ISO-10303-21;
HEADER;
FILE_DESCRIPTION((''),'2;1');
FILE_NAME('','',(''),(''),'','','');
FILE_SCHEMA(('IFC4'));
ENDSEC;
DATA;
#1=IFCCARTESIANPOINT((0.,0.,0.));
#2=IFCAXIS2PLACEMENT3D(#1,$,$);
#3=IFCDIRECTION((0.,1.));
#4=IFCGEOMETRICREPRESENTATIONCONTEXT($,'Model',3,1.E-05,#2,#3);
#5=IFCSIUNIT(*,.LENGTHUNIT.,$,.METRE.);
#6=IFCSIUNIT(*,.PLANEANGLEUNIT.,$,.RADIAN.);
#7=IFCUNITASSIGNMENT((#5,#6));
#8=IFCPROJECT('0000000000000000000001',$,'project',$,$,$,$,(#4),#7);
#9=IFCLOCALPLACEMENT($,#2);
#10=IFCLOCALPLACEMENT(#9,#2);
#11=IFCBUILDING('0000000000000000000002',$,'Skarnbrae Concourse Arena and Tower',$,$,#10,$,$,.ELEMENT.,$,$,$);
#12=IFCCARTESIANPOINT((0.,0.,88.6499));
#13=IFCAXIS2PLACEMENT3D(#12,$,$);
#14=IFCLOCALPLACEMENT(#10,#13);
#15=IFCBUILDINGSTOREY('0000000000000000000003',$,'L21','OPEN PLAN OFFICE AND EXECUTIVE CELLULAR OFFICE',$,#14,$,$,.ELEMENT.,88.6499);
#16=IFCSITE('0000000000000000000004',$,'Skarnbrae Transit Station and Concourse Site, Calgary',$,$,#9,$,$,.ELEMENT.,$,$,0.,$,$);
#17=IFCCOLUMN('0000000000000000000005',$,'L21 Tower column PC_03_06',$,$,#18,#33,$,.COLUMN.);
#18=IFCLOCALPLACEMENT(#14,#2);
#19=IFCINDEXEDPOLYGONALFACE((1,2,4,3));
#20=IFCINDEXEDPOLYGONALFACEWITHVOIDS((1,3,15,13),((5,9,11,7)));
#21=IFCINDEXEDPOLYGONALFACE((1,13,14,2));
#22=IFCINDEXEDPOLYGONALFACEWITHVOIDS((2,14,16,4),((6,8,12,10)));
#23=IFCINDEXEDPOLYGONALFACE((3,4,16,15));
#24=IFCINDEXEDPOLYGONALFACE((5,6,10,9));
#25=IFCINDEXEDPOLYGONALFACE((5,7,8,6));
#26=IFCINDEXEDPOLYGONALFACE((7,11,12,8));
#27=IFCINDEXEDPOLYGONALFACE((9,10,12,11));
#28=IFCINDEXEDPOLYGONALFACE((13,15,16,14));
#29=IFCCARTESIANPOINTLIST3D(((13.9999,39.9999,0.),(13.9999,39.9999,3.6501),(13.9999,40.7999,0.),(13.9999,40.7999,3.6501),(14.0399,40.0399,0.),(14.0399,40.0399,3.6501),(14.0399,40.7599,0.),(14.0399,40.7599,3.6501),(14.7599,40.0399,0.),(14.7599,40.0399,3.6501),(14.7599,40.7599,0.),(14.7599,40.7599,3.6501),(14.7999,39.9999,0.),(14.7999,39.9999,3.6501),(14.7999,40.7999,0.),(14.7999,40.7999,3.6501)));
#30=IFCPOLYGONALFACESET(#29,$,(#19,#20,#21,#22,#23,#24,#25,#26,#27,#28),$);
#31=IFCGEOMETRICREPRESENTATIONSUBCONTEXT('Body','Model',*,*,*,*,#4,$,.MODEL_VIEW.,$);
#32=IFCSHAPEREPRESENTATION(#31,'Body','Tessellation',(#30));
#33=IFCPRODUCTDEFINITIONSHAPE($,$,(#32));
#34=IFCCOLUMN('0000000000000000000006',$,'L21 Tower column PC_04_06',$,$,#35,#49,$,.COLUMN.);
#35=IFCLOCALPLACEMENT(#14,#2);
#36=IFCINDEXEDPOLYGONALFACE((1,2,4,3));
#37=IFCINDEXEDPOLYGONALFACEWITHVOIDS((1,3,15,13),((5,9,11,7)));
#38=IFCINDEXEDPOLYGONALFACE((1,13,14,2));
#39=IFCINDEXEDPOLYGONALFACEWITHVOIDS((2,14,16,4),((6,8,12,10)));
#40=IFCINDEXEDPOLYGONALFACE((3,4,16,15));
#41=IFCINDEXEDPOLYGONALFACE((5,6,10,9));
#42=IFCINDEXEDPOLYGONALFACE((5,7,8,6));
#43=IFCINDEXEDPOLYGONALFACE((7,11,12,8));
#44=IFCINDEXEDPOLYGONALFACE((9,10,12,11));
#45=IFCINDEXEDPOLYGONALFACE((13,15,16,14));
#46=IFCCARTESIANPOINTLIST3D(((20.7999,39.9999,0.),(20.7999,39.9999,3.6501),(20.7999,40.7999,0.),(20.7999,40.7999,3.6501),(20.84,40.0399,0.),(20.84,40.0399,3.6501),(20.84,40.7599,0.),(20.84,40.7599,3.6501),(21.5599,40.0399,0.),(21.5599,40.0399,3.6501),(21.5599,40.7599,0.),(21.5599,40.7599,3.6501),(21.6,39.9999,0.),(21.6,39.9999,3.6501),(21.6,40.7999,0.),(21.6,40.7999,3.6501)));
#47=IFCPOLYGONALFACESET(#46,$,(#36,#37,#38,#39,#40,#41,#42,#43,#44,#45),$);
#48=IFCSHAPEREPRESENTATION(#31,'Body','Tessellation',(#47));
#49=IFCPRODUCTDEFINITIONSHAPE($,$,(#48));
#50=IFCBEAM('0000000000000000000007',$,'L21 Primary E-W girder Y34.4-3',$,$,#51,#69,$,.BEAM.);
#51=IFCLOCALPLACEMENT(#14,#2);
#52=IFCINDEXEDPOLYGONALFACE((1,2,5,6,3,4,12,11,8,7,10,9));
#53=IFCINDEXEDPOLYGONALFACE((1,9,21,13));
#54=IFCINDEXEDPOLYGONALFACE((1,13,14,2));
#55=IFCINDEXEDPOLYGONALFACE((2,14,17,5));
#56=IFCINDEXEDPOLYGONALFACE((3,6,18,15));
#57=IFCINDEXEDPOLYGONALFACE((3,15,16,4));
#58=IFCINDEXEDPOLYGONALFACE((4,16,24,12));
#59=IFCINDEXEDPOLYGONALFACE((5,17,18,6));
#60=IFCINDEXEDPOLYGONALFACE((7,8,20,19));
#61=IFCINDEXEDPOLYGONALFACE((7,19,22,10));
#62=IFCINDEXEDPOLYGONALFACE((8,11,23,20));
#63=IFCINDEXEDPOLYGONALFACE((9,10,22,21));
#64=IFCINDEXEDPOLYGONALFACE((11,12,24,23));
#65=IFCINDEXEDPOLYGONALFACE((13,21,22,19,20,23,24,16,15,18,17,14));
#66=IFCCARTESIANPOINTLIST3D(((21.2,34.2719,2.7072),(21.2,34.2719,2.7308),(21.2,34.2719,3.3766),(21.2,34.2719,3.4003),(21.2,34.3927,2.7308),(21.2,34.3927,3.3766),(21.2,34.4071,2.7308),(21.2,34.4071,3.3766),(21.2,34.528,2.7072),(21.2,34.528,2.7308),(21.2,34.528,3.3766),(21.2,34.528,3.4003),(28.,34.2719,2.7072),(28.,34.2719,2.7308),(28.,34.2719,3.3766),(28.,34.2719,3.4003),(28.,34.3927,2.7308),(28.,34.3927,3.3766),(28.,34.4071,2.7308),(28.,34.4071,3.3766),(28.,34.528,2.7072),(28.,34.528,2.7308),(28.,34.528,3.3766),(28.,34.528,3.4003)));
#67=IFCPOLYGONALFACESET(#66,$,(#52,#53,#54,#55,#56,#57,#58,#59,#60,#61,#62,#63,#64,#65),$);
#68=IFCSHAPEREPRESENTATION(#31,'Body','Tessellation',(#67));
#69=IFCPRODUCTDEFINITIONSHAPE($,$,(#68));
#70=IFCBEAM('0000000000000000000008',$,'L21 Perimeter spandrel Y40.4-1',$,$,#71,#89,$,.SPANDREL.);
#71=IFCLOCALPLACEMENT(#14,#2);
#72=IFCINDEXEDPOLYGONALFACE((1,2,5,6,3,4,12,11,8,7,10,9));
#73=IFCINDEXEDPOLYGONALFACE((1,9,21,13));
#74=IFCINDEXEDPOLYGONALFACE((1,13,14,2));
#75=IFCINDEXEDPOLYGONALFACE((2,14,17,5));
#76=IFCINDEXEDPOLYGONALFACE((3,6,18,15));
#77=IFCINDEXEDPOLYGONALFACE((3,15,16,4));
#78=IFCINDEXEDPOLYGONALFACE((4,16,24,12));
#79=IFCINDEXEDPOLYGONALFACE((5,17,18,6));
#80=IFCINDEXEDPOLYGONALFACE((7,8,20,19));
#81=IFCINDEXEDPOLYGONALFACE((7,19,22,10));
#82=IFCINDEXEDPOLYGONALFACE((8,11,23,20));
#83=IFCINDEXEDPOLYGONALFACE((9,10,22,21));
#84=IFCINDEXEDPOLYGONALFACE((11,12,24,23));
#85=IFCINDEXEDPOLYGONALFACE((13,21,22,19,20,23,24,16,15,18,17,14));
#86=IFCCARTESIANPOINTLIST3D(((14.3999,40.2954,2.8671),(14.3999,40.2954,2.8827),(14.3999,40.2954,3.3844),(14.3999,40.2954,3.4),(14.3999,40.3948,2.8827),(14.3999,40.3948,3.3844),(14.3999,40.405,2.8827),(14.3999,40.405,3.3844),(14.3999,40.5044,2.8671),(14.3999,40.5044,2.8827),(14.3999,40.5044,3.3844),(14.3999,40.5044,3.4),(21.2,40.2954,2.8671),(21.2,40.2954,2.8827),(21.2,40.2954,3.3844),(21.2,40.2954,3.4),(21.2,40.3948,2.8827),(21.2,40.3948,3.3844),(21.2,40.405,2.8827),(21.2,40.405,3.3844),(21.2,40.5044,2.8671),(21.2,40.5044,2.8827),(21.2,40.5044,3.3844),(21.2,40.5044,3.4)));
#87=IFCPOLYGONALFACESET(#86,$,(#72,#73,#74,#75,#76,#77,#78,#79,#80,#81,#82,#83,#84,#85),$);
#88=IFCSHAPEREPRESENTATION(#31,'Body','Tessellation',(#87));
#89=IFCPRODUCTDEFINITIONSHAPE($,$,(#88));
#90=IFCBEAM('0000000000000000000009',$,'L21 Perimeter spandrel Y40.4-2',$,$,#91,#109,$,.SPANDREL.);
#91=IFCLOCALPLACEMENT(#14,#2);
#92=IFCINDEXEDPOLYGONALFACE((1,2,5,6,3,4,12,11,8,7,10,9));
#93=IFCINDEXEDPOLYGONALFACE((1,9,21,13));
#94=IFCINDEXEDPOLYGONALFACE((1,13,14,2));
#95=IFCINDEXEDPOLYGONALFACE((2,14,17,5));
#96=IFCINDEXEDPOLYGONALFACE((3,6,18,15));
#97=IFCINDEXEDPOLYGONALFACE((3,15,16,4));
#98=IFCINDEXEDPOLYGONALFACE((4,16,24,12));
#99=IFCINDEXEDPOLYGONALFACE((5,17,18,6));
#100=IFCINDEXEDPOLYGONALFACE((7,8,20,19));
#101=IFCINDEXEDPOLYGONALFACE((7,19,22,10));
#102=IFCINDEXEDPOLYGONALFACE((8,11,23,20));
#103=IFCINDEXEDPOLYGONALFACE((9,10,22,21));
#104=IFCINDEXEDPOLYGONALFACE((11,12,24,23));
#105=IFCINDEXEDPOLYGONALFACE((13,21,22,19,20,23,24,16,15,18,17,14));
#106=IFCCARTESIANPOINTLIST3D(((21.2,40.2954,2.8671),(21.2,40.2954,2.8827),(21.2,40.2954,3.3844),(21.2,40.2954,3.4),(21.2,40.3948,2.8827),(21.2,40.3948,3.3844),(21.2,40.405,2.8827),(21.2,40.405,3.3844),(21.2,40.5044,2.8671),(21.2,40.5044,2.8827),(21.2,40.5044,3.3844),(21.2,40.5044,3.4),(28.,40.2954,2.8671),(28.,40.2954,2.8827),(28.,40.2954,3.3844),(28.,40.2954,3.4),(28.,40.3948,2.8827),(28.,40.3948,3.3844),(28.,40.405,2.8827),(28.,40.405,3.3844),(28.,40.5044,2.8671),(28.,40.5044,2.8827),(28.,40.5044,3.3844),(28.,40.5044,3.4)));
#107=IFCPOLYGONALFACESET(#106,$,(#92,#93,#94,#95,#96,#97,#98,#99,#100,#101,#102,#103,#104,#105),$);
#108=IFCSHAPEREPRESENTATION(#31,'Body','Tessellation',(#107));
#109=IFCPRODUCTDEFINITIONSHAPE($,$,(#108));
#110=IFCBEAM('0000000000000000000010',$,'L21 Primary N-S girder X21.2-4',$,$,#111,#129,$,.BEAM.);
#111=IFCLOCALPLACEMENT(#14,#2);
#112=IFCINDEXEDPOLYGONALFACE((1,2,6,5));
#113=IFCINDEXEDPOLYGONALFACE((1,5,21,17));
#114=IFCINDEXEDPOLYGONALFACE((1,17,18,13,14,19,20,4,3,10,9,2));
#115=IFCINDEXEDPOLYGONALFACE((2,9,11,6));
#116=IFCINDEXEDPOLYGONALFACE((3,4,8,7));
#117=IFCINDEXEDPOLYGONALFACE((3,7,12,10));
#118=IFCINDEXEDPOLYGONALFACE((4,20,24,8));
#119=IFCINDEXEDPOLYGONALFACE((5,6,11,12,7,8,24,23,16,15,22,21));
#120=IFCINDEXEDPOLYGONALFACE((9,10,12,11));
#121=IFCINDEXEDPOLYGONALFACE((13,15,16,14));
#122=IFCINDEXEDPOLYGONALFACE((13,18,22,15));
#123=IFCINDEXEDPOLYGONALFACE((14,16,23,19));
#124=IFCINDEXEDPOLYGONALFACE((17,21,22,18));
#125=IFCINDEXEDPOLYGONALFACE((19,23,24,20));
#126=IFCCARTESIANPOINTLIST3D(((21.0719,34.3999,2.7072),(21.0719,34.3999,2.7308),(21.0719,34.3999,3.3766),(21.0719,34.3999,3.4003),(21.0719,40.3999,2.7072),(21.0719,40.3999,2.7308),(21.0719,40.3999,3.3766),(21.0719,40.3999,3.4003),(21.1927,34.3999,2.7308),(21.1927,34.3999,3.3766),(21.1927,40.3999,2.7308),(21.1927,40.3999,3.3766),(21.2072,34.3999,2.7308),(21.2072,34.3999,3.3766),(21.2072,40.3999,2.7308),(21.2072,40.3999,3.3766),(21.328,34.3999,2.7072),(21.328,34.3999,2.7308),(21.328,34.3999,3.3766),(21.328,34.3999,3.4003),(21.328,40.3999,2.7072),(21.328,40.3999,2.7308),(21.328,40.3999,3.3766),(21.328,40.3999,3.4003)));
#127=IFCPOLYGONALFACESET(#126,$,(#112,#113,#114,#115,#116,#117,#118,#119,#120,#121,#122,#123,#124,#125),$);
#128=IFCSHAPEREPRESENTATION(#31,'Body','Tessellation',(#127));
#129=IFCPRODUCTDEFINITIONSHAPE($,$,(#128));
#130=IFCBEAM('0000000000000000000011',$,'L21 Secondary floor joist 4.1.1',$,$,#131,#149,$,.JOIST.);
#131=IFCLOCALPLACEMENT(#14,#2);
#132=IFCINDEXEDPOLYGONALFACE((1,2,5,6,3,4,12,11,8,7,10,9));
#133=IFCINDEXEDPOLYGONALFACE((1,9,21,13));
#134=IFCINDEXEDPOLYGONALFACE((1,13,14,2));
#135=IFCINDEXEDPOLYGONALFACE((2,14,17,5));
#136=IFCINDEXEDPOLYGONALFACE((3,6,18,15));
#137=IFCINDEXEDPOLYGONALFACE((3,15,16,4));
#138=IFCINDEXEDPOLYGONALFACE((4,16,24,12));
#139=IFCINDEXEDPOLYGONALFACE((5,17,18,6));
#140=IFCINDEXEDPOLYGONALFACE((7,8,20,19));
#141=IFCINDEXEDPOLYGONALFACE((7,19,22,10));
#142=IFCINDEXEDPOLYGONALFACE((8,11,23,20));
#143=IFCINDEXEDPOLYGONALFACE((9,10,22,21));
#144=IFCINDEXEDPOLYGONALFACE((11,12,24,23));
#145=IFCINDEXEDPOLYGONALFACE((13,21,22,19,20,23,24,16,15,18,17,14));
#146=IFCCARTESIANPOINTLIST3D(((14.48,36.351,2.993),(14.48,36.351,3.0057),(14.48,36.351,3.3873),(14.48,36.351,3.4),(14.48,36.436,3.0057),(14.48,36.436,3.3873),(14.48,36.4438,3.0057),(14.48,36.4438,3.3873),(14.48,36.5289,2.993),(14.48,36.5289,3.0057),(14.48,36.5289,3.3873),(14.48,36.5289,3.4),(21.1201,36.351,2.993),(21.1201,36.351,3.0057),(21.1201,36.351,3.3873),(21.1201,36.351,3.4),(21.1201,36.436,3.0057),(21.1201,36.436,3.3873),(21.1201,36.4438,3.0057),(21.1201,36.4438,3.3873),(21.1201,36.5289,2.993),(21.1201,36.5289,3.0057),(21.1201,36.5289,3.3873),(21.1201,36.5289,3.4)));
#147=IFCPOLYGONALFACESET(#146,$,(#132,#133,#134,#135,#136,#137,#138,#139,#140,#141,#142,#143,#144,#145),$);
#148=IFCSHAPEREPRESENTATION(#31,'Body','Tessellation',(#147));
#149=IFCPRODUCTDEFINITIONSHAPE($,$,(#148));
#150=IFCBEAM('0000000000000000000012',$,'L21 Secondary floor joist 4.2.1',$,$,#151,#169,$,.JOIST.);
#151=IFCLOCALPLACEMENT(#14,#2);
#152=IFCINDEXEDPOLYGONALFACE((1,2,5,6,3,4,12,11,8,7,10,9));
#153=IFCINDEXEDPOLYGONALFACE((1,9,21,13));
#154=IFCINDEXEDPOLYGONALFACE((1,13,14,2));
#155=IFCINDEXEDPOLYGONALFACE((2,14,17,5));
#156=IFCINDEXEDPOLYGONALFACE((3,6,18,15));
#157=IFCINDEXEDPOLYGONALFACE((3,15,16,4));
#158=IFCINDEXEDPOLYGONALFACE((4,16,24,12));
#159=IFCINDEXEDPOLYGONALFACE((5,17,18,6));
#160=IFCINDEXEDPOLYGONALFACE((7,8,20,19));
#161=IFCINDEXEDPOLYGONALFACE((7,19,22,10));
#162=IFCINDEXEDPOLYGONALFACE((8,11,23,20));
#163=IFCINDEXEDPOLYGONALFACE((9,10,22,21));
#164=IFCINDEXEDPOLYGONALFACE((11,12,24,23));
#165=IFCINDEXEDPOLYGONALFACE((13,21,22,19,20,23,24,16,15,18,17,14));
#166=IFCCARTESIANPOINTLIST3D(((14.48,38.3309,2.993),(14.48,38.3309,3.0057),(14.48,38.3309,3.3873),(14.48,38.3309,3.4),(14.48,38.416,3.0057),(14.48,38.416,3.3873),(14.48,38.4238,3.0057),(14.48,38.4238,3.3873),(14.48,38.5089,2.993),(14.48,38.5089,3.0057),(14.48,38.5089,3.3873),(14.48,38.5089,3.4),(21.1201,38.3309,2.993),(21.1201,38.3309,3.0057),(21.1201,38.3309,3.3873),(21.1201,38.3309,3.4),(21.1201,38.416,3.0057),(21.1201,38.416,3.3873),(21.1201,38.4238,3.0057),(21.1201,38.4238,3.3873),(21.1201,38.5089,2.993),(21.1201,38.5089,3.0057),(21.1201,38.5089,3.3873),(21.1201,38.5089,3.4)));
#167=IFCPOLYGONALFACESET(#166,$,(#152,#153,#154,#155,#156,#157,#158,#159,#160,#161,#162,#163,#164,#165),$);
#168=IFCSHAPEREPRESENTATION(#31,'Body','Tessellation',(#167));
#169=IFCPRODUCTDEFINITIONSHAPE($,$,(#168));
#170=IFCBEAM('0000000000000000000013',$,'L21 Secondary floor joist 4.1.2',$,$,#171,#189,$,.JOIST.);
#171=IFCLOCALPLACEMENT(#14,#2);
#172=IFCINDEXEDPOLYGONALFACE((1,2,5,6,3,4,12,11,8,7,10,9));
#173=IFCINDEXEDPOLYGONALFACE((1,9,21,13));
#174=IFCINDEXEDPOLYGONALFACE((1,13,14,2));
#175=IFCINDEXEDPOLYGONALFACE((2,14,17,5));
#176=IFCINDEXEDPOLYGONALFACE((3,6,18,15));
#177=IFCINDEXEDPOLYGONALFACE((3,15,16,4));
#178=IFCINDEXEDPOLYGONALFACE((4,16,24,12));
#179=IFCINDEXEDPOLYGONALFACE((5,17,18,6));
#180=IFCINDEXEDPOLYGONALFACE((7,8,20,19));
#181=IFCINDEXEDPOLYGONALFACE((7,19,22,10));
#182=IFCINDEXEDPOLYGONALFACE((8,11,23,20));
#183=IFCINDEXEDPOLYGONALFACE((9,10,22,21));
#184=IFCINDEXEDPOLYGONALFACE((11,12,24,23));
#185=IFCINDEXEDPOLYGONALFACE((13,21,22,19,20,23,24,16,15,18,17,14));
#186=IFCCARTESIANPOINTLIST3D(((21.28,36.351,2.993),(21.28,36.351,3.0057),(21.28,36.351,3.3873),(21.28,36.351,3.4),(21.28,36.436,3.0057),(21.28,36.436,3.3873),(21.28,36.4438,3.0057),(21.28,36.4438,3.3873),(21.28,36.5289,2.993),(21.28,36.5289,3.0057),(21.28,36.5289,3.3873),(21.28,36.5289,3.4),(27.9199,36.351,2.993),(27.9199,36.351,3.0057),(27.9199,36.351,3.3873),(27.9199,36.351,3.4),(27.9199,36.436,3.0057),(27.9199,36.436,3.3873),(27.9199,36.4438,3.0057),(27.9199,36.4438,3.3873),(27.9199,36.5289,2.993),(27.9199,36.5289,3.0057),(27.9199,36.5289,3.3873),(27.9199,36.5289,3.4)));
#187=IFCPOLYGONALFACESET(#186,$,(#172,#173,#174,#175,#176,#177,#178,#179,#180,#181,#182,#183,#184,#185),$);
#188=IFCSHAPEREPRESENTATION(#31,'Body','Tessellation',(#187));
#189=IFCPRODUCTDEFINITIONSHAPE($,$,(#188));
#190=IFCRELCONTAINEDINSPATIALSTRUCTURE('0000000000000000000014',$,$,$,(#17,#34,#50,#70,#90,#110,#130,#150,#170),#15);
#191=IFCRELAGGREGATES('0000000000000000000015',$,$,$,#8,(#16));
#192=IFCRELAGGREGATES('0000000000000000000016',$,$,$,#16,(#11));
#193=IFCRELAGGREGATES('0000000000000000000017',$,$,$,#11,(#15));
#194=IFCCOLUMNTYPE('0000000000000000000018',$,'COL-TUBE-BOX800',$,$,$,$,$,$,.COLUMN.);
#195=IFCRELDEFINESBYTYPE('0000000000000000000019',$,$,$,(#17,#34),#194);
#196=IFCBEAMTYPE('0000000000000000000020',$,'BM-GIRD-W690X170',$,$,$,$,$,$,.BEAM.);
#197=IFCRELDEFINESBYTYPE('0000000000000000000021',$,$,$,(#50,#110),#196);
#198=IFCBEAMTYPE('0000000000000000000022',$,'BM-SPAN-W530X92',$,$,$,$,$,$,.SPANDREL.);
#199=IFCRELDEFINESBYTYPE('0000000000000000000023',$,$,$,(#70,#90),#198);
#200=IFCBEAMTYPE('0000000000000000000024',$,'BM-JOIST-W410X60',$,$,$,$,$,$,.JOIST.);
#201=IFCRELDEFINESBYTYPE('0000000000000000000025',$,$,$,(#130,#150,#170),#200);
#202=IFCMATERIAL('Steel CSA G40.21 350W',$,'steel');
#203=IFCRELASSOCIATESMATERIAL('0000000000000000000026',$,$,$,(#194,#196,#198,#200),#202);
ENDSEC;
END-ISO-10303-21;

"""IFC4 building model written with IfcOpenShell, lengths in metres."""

from ifc_helpers import new_model, si_unit, direction, frame, origin, origin_2d, place, context, subcontext, project, spatial, hollow_rectangle, i_section, extrude, source, transform, mapped, material, material_profile, profile_set, type_object, element, save


model = new_model("IFC4")

# Units and contexts
model_context = context("Model", 3, precision=1e-05, world=origin(), true_north=direction((0.0, 1.0)))
body_context = subcontext(model_context, "Body", "Model", "MODEL_VIEW")
ifc_project = project(units=[si_unit("LENGTHUNIT", "METRE"), si_unit("PLANEANGLEUNIT", "RADIAN")], contexts=[model_context])

# Site, building, storey
site_placement = place(None, origin())
site = spatial("IfcSite", under=ifc_project, at=site_placement, Name="Skarnbrae Transit Station and Concourse Site, Calgary", CompositionType="ELEMENT", RefElevation=0.0)
building_placement = place(site_placement, origin())
building = spatial("IfcBuilding", under=site, at=building_placement, Name="Skarnbrae Concourse Arena and Tower", CompositionType="ELEMENT")
storey_placement = place(building_placement, frame((0.0, 0.0, 88.6499)))
storey = spatial("IfcBuildingStorey", under=building, at=storey_placement, Name="L21", Description="OPEN PLAN OFFICE AND EXECUTIVE CELLULAR OFFICE", CompositionType="ELEMENT", Elevation=88.6499)

# Columns
ifc_material_1 = material(Name="Steel CSA G40.21 350W", Category="steel")
ifc_material_profile_1 = material_profile(ifc_material_1, hollow_rectangle(XDim=0.8, YDim=0.8, WallThickness=0.04, at=origin_2d()), Name="BOX800X800X40")
ifc_profile_set_1 = profile_set([ifc_material_profile_1], Name="Steel CSA G40.21 350W")
column_type = type_object("IfcColumnType", Name="COL-TUBE-BOX800", PredefinedType="COLUMN", material=ifc_profile_set_1)
shared_shape_1 = source(origin(), body_context, "Body", "SweptSolid", [
    extrude(hollow_rectangle(XDim=0.8, YDim=0.8, WallThickness=0.04, at=origin_2d()), origin(), (0.0, 0.0, 1.0), 3.6501),
])
for number, where, z_axis, x_axis, name in (
    (1, (14.3999, 40.3999, 0.0), (0.0, 0.0, 1.0), (1.0, 0.0, 0.0), "L21 Tower column PC_03_06"),
    (2, (21.2, 40.3999, 0.0), (0.0, 0.0, 1.0), (1.0, 0.0, 0.0), "L21 Tower column PC_04_06"),
):
    element("IfcColumn", number, at=place(storey_placement, frame(where, z_axis=z_axis, x_axis=x_axis)), inside=storey, type_object=column_type, Name=name, PredefinedType="COLUMN", context=body_context, shape_type="MappedRepresentation", body=[
        mapped(shared_shape_1, transform((0.0, 0.0, 0.0))),
    ])

# Beams
ifc_material_profile_2 = material_profile(ifc_material_1, i_section(OverallWidth=0.2561, OverallDepth=0.6931, WebThickness=0.0144, FlangeThickness=0.0237, at=origin_2d()), Name="W690X170")
ifc_profile_set_2 = profile_set([ifc_material_profile_2], Name="Steel CSA G40.21 350W")
beam_type_1 = type_object("IfcBeamType", Name="BM-GIRD-W690X170", PredefinedType="BEAM", material=ifc_profile_set_2)
shared_shape_2 = source(origin(), body_context, "Body", "SweptSolid", [
    extrude(i_section(OverallWidth=0.2561, OverallDepth=0.6931, WebThickness=0.0144, FlangeThickness=0.0237, at=origin_2d()), origin(), (0.0, 0.0, 1.0), 6.8),
])
beam_1_placement = place(storey_placement, frame((21.2, 34.3999, 3.0537), z_axis=(1.0, 0.0, 0.0), x_axis=(0.0, 1.0, 0.0)))
element("IfcBeam", 3, at=beam_1_placement, inside=storey, type_object=beam_type_1, Name="L21 Primary E-W girder Y34.4-3", PredefinedType="BEAM", context=body_context, shape_type="MappedRepresentation", body=[
    mapped(shared_shape_2, transform((0.0, 0.0, 0.0))),
])
ifc_material_profile_3 = material_profile(ifc_material_1, i_section(OverallWidth=0.209, OverallDepth=0.533, WebThickness=0.0103, FlangeThickness=0.0156, at=origin_2d()), Name="W530X92")
ifc_profile_set_3 = profile_set([ifc_material_profile_3], Name="Steel CSA G40.21 350W")
beam_type_2 = type_object("IfcBeamType", Name="BM-SPAN-W530X92", PredefinedType="SPANDREL", material=ifc_profile_set_3)
shared_shape_3 = source(origin(), body_context, "Body", "SweptSolid", [
    extrude(i_section(OverallWidth=0.209, OverallDepth=0.533, WebThickness=0.0103, FlangeThickness=0.0156, at=origin_2d()), origin(), (0.0, 0.0, 1.0), 6.8),
])
for number, where, z_axis, x_axis, name in (
    (4, (14.3999, 40.3999, 3.1335), (1.0, 0.0, 0.0), (0.0, 1.0, 0.0), "L21 Perimeter spandrel Y40.4-1"),
    (5, (21.2, 40.3999, 3.1335), (1.0, 0.0, 0.0), (0.0, 1.0, 0.0), "L21 Perimeter spandrel Y40.4-2"),
):
    element("IfcBeam", number, at=place(storey_placement, frame(where, z_axis=z_axis, x_axis=x_axis)), inside=storey, type_object=beam_type_2, Name=name, PredefinedType="SPANDREL", context=body_context, shape_type="MappedRepresentation", body=[
        mapped(shared_shape_3, transform((0.0, 0.0, 0.0))),
    ])
shared_shape_4 = source(origin(), body_context, "Body", "SweptSolid", [
    extrude(i_section(OverallWidth=0.2561, OverallDepth=0.6931, WebThickness=0.0144, FlangeThickness=0.0237, at=origin_2d()), origin(), (0.0, 0.0, 1.0), 6.0),
])
beam_2_placement = place(storey_placement, frame((21.2, 34.3999, 3.0537), z_axis=(0.0, 1.0, 0.0), x_axis=(-1.0, 0.0, 0.0)))
element("IfcBeam", 6, at=beam_2_placement, inside=storey, type_object=beam_type_1, Name="L21 Primary N-S girder X21.2-4", PredefinedType="BEAM", context=body_context, shape_type="MappedRepresentation", body=[
    mapped(shared_shape_4, transform((0.0, 0.0, 0.0))),
])
ifc_material_profile_4 = material_profile(ifc_material_1, i_section(OverallWidth=0.178, OverallDepth=0.407, WebThickness=0.0078, FlangeThickness=0.0127, at=origin_2d()), Name="W410X60")
ifc_profile_set_4 = profile_set([ifc_material_profile_4], Name="Steel CSA G40.21 350W")
beam_type_3 = type_object("IfcBeamType", Name="BM-JOIST-W410X60", PredefinedType="JOIST", material=ifc_profile_set_4)
shared_shape_5 = source(origin(), body_context, "Body", "SweptSolid", [
    extrude(i_section(OverallWidth=0.178, OverallDepth=0.407, WebThickness=0.0078, FlangeThickness=0.0127, at=origin_2d()), origin(), (0.0, 0.0, 1.0), 6.6401),
])
for number, where, z_axis, x_axis, name in (
    (7, (14.48, 36.4399, 3.1965), (1.0, 0.0, 0.0), (0.0, 1.0, 0.0), "L21 Secondary floor joist 4.1.1"),
    (8, (14.48, 38.4199, 3.1965), (1.0, 0.0, 0.0), (0.0, 1.0, 0.0), "L21 Secondary floor joist 4.2.1"),
):
    element("IfcBeam", number, at=place(storey_placement, frame(where, z_axis=z_axis, x_axis=x_axis)), inside=storey, type_object=beam_type_3, Name=name, PredefinedType="JOIST", context=body_context, shape_type="MappedRepresentation", body=[
        mapped(shared_shape_5, transform((0.0, 0.0, 0.0))),
    ])
shared_shape_6 = source(origin(), body_context, "Body", "SweptSolid", [
    extrude(i_section(OverallWidth=0.178, OverallDepth=0.407, WebThickness=0.0078, FlangeThickness=0.0127, at=origin_2d()), origin(), (0.0, 0.0, 1.0), 6.6399),
])
for number, where, z_axis, x_axis, name in (
    (9, (21.28, 36.4399, 3.1965), (1.0, 0.0, 0.0), (0.0, 1.0, 0.0), "L21 Secondary floor joist 4.1.2"),
):
    element("IfcBeam", number, at=place(storey_placement, frame(where, z_axis=z_axis, x_axis=x_axis)), inside=storey, type_object=beam_type_3, Name=name, PredefinedType="JOIST", context=body_context, shape_type="MappedRepresentation", body=[
        mapped(shared_shape_6, transform((0.0, 0.0, 0.0))),
    ])

save(model, "model.ifc")
